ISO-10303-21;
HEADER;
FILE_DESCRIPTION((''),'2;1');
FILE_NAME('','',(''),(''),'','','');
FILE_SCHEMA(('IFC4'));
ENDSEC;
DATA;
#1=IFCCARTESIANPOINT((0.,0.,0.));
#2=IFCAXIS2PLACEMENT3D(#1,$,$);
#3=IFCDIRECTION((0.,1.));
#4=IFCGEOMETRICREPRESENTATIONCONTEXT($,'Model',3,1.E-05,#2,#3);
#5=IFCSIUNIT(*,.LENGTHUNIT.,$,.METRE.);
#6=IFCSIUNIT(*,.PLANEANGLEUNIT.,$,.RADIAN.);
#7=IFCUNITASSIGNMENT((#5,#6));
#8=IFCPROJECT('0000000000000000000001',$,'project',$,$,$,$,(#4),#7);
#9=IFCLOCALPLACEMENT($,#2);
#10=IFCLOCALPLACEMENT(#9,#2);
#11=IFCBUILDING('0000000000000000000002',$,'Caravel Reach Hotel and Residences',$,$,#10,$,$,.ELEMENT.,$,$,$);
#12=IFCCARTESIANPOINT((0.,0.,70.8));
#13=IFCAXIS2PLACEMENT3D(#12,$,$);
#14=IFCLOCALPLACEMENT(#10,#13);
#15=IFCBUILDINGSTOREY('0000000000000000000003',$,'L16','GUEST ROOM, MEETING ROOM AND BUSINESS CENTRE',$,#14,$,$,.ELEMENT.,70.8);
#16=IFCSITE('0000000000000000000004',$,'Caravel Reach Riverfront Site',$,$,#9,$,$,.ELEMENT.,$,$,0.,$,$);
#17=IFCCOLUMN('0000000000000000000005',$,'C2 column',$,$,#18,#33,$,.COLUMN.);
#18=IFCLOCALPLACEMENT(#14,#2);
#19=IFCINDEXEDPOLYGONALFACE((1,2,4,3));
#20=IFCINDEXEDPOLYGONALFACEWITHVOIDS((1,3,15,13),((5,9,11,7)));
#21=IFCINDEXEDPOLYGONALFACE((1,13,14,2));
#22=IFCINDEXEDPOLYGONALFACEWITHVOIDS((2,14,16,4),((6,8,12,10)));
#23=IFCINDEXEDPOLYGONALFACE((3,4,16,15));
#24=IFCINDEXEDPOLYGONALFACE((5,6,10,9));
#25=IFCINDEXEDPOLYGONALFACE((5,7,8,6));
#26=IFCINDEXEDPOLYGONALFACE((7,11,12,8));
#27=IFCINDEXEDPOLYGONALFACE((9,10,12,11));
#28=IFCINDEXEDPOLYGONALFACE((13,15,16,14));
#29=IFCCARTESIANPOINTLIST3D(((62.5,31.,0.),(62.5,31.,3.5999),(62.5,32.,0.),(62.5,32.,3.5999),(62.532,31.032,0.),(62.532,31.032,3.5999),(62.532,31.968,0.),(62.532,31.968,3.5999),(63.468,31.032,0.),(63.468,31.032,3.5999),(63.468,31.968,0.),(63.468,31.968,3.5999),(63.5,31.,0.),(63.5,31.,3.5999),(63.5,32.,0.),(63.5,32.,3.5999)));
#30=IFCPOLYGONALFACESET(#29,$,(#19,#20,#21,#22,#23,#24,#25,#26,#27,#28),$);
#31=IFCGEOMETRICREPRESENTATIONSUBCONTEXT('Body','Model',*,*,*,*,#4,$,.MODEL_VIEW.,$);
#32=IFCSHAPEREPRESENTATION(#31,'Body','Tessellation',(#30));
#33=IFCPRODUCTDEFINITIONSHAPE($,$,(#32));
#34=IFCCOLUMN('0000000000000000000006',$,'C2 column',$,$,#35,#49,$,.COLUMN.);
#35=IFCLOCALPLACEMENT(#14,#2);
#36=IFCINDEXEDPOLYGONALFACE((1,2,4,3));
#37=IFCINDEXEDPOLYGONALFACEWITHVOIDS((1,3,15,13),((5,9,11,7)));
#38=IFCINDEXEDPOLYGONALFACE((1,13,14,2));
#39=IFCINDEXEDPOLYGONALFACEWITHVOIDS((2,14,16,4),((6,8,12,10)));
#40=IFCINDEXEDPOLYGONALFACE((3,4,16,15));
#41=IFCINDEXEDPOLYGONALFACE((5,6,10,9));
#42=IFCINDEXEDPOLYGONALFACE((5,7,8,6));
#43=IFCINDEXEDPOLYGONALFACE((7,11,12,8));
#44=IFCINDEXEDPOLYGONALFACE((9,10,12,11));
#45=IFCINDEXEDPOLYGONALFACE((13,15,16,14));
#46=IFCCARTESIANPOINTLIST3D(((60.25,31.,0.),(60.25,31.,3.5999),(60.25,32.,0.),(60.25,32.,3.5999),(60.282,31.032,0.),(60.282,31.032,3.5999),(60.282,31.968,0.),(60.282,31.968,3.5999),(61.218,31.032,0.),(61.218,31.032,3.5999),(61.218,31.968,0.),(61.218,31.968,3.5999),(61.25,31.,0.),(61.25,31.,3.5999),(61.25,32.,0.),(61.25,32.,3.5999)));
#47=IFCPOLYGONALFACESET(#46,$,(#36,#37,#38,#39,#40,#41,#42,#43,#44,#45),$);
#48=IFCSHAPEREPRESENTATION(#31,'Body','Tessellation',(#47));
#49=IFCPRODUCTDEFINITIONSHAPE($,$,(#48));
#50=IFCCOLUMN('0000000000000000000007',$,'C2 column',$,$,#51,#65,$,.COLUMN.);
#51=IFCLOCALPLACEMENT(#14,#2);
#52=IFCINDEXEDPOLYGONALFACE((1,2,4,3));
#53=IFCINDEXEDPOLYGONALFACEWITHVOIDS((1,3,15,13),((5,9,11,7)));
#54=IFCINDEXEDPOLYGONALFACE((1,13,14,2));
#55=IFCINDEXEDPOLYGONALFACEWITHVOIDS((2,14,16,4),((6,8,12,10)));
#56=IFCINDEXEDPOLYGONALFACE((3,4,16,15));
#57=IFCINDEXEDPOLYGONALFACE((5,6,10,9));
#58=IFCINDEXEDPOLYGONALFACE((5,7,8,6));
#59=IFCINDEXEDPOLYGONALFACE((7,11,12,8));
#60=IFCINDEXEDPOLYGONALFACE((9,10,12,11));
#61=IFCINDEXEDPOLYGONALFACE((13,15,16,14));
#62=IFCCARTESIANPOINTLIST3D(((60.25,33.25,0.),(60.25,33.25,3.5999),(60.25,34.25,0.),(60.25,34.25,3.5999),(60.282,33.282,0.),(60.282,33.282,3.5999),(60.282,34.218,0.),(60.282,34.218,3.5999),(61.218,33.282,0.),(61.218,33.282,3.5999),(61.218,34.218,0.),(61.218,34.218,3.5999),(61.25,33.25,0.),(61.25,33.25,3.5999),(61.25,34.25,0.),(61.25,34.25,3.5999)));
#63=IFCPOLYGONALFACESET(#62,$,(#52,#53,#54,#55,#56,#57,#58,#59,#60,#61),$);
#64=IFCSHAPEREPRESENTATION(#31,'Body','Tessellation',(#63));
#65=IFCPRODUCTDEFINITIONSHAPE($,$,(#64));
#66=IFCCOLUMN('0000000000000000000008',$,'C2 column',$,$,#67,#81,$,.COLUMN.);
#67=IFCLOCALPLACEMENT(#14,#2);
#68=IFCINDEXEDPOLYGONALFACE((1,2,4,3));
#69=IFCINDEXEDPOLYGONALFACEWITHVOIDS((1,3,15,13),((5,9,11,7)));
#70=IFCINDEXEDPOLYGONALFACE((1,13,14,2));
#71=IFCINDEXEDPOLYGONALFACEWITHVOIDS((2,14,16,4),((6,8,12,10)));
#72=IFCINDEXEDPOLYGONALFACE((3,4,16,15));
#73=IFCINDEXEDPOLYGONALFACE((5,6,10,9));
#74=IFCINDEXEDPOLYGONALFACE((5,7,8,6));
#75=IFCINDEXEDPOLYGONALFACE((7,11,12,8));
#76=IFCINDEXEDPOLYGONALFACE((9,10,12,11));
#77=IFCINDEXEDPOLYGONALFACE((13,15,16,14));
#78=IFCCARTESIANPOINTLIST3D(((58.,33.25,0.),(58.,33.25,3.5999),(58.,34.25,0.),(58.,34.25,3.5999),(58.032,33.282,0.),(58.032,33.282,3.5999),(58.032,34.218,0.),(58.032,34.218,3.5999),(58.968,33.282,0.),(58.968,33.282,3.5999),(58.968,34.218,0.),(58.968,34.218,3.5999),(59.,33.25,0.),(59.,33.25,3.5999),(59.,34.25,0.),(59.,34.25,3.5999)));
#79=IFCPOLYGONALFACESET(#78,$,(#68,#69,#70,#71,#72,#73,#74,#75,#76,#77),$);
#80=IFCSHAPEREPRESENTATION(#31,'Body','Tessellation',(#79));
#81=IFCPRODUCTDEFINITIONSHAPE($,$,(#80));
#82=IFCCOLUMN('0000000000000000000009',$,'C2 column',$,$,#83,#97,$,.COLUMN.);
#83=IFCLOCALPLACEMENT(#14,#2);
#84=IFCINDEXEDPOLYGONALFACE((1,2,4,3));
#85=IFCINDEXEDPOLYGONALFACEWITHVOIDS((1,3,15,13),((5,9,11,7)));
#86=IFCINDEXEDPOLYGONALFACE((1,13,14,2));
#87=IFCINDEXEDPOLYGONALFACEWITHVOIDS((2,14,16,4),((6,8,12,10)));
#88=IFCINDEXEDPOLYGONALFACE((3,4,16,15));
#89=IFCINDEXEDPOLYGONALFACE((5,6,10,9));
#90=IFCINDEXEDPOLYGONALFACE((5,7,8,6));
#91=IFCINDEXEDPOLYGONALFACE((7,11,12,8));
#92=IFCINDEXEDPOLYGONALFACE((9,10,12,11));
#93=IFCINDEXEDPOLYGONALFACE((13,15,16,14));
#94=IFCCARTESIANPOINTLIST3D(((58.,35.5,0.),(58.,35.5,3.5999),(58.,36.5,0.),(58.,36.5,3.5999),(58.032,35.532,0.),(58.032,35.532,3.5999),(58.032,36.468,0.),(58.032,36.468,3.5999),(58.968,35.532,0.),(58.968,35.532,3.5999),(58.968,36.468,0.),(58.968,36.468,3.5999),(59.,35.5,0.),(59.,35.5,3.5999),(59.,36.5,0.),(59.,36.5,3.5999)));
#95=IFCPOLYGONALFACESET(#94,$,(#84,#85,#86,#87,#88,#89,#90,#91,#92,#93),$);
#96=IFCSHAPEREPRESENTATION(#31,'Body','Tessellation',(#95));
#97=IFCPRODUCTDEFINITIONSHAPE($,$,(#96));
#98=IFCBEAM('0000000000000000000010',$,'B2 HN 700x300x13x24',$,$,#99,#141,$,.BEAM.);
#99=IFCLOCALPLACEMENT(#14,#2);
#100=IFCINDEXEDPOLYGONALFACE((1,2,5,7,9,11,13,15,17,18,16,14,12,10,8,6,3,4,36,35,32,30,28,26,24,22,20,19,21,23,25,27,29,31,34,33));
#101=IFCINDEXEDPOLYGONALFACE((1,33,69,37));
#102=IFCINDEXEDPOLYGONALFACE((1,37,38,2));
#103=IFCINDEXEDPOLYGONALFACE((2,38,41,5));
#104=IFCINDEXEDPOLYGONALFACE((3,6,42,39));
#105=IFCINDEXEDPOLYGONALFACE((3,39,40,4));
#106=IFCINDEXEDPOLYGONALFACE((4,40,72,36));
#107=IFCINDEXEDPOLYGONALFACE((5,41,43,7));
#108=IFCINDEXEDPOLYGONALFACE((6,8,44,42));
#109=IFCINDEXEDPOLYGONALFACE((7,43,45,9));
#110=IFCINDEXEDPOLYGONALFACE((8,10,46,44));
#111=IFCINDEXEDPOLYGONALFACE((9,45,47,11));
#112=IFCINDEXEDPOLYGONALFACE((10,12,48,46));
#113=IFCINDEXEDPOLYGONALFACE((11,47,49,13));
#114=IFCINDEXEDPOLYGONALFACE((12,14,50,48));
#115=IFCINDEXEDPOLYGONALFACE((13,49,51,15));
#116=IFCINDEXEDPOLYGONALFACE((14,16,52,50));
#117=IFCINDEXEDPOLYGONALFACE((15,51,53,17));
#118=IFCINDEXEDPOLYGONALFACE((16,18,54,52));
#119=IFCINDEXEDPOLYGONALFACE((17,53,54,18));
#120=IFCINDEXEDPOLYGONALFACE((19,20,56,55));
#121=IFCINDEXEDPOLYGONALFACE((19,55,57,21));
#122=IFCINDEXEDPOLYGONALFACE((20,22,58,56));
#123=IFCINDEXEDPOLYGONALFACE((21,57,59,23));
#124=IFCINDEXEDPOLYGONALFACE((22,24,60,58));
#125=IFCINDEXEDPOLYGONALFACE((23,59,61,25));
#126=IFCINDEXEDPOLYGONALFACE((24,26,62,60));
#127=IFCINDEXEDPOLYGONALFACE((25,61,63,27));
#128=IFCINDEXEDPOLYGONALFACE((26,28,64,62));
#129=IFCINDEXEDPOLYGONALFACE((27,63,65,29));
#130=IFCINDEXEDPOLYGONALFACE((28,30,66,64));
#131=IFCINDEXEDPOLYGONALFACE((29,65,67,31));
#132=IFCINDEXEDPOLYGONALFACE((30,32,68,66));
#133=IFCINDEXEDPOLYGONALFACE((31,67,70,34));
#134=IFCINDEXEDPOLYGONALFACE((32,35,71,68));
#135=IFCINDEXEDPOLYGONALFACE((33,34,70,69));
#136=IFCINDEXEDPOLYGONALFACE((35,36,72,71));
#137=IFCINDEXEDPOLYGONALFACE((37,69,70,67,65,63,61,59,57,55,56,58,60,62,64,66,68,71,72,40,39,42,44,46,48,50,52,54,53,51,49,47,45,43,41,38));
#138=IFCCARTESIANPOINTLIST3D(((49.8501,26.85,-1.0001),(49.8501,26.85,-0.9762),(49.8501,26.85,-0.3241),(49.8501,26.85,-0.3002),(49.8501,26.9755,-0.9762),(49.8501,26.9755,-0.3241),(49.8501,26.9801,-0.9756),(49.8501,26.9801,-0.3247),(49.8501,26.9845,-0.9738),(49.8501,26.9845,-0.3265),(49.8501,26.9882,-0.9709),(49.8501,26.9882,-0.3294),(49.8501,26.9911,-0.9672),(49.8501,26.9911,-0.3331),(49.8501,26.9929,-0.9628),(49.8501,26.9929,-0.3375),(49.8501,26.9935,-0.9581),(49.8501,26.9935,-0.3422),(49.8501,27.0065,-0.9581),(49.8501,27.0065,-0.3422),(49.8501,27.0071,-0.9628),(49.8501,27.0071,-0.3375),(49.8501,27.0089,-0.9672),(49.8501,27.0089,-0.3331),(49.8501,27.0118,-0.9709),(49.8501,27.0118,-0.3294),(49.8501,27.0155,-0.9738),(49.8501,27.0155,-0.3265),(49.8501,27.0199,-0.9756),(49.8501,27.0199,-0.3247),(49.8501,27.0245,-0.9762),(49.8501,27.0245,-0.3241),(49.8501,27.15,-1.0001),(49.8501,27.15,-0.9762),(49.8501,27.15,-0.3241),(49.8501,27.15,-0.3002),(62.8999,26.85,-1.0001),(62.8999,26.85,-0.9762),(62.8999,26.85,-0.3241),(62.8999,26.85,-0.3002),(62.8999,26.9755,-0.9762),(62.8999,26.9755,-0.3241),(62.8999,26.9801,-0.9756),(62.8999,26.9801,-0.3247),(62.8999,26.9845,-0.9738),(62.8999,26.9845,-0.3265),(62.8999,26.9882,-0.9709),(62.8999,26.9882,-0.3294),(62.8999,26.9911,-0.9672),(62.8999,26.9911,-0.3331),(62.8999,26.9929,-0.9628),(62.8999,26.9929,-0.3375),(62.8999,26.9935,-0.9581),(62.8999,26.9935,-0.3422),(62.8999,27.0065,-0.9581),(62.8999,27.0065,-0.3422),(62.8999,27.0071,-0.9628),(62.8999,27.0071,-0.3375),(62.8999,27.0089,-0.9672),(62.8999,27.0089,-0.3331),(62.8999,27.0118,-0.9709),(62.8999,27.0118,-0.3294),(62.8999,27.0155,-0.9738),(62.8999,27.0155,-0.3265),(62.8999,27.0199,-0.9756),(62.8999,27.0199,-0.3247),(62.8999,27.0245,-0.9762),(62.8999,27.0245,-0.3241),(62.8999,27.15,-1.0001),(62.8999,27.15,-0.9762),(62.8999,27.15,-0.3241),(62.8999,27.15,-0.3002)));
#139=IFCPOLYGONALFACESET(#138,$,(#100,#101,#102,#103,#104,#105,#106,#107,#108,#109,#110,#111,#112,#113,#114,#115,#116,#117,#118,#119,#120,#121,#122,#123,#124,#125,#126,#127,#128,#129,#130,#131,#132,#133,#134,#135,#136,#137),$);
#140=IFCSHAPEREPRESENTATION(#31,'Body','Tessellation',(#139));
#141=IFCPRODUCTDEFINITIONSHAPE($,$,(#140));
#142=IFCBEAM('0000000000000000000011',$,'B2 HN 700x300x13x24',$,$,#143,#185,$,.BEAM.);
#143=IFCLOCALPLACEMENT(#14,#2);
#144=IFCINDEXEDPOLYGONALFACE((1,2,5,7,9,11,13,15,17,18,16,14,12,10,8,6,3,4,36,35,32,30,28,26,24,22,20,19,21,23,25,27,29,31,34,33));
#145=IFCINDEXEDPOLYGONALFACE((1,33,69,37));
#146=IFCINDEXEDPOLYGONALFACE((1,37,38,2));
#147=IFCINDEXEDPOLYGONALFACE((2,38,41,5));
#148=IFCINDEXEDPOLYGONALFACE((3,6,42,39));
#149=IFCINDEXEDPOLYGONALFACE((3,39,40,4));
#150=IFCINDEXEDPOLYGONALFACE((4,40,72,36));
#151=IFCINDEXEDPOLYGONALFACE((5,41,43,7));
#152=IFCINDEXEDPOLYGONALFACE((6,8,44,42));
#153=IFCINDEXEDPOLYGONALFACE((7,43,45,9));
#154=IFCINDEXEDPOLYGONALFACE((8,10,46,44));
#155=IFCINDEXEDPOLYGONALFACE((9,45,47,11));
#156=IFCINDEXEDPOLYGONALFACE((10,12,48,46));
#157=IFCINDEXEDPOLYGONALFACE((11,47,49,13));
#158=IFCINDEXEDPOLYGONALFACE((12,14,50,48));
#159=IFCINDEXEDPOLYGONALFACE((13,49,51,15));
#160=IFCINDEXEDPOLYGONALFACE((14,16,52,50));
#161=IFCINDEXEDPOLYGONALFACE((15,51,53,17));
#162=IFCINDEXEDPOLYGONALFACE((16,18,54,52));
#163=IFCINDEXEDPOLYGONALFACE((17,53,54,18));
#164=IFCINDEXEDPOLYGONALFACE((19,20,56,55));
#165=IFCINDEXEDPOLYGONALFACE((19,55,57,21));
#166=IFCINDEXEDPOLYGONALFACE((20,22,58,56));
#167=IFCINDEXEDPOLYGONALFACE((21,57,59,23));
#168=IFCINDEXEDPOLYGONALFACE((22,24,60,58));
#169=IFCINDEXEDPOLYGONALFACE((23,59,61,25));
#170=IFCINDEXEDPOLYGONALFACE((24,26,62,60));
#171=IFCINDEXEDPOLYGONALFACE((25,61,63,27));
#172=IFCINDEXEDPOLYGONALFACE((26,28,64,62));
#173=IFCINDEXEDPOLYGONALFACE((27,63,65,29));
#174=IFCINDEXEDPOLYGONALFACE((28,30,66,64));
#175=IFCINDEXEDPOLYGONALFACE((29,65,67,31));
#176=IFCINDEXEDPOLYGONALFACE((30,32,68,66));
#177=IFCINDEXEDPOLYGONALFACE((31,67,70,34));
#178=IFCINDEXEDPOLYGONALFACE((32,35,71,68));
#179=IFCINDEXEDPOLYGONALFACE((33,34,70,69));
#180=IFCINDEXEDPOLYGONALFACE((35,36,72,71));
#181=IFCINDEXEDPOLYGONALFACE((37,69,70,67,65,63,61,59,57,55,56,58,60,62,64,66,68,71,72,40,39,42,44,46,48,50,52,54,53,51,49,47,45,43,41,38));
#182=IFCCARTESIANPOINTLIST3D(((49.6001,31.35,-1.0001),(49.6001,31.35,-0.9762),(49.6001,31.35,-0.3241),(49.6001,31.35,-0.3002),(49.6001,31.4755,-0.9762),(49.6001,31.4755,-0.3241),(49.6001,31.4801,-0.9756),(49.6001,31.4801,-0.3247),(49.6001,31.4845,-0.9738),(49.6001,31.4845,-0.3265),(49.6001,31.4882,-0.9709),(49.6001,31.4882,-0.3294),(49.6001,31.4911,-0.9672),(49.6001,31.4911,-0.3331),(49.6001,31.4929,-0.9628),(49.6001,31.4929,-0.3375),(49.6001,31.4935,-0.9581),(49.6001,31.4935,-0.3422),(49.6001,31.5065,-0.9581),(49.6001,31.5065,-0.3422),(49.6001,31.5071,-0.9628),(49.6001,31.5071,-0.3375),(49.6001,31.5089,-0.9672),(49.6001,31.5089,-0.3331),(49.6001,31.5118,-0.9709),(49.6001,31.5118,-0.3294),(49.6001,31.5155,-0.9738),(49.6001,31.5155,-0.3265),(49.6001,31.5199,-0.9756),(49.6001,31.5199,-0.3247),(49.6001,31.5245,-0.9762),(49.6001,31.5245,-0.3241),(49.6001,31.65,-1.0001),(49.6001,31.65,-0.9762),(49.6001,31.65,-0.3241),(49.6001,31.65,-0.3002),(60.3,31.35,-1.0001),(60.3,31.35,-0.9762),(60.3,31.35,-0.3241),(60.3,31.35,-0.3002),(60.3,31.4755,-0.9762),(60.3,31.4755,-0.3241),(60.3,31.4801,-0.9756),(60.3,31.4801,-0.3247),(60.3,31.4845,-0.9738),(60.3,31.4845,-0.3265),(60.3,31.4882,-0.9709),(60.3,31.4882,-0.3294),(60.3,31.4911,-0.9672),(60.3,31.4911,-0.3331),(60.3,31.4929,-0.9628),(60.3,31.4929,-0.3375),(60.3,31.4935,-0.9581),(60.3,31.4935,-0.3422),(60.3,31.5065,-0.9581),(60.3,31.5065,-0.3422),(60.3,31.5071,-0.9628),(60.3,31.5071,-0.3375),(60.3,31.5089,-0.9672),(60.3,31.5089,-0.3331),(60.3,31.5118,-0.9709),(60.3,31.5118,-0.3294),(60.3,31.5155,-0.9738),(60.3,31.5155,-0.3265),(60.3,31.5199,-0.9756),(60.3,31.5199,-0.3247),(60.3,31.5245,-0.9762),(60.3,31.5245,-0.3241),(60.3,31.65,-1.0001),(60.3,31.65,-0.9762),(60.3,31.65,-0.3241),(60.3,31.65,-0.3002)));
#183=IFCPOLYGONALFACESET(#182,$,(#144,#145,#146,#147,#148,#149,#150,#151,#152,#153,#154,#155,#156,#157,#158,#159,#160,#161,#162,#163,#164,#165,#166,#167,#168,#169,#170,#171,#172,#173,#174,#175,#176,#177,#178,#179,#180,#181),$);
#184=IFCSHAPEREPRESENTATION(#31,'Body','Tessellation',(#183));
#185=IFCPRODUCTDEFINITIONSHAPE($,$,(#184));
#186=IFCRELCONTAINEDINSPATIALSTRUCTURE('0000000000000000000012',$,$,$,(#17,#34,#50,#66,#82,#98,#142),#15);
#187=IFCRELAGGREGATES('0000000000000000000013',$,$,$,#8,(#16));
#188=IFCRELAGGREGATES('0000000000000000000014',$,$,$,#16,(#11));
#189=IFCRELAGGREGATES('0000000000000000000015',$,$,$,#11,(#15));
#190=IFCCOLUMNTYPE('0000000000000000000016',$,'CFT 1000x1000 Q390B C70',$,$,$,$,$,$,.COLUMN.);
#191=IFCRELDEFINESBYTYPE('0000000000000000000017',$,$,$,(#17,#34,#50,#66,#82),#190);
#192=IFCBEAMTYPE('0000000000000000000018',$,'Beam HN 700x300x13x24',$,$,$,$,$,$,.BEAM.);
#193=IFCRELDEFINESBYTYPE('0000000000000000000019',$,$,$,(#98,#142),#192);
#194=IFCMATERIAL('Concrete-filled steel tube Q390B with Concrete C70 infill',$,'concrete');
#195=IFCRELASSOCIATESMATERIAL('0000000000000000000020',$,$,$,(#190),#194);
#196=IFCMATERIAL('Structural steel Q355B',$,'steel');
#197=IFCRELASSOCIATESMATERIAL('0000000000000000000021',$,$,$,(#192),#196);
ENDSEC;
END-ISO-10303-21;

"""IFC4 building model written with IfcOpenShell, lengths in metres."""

from ifc_helpers import new_model, si_unit, direction, frame, origin, origin_2d, place, context, subcontext, project, spatial, hollow_rectangle, i_section, extrude, material, material_profile, profile_set, type_object, element, save


model = new_model("IFC4")

# Units and contexts
model_context = context("Model", 3, precision=1e-05, world=origin(), true_north=direction((0.0, 1.0)))
body_context = subcontext(model_context, "Body", "Model", "MODEL_VIEW")
ifc_project = project(units=[si_unit("LENGTHUNIT", "METRE"), si_unit("PLANEANGLEUNIT", "RADIAN")], contexts=[model_context])

# Site, building, storey
site_placement = place(None, origin())
site = spatial("IfcSite", under=ifc_project, at=site_placement, Name="Caravel Reach Riverfront Site", CompositionType="ELEMENT", RefElevation=0.0)
building_placement = place(site_placement, origin())
building = spatial("IfcBuilding", under=site, at=building_placement, Name="Caravel Reach Hotel and Residences", CompositionType="ELEMENT")
storey_placement = place(building_placement, frame((0.0, 0.0, 70.8)))
storey = spatial("IfcBuildingStorey", under=building, at=storey_placement, Name="L16", Description="GUEST ROOM, MEETING ROOM AND BUSINESS CENTRE", CompositionType="ELEMENT", Elevation=70.8)

# Columns
ifc_material_1 = material(Name="Concrete-filled steel tube Q390B with Concrete C70 infill", Category="concrete")
ifc_material_profile_1 = material_profile(ifc_material_1, hollow_rectangle(XDim=1.0, YDim=1.0, WallThickness=0.032, at=origin_2d()), Name="RHS 1000x1000x32")
ifc_profile_set_1 = profile_set([ifc_material_profile_1], Name="Concrete-filled steel tube Q390B with Concrete C70 infill")
column_type = type_object("IfcColumnType", Name="CFT 1000x1000 Q390B C70", PredefinedType="COLUMN", material=ifc_profile_set_1)
for number, where, z_axis, x_axis, name in (
    (1, (63.0, 31.5, 0.0), (0.0, 0.0, 1.0), (1.0, 0.0, 0.0), "C2 column"),
    (2, (60.75, 31.5, 0.0), (0.0, 0.0, 1.0), (1.0, 0.0, 0.0), "C2 column"),
    (3, (60.75, 33.75, 0.0), (0.0, 0.0, 1.0), (1.0, 0.0, 0.0), "C2 column"),
    (4, (58.5, 33.75, 0.0), (0.0, 0.0, 1.0), (1.0, 0.0, 0.0), "C2 column"),
    (5, (58.5, 36.0, 0.0), (0.0, 0.0, 1.0), (1.0, 0.0, 0.0), "C2 column"),
):
    element("IfcColumn", number, at=place(storey_placement, frame(where, z_axis=z_axis, x_axis=x_axis)), inside=storey, type_object=column_type, Name=name, PredefinedType="COLUMN", context=body_context, shape_type="SweptSolid", body=[
        extrude(hollow_rectangle(XDim=1.0, YDim=1.0, WallThickness=0.032, at=origin_2d()), origin(), (0.0, 0.0, 1.0), 3.5999),
    ])

# Beams
ifc_material_2 = material(Name="Structural steel Q355B", Category="steel")
ifc_material_profile_2 = material_profile(ifc_material_2, i_section(OverallWidth=0.3, OverallDepth=0.7, WebThickness=0.0129, FlangeThickness=0.0239, FilletRadius=0.0181, at=origin_2d()), Name="HN 700x300x13x24")
ifc_profile_set_2 = profile_set([ifc_material_profile_2], Name="Structural steel Q355B")
beam_type_1 = type_object("IfcBeamType", Name="Beam HN 700x300x13x24", PredefinedType="BEAM", material=ifc_profile_set_2)
beam_1_placement = place(storey_placement, frame((49.8501, 27.0, -0.6501), z_axis=(1.0, 0.0, 0.0), x_axis=(0.0, 1.0, 0.0)))
element("IfcBeam", 6, at=beam_1_placement, inside=storey, type_object=beam_type_1, Name="B2 HN 700x300x13x24", PredefinedType="BEAM", context=body_context, shape_type="SweptSolid", body=[
    extrude(i_section(OverallWidth=0.3, OverallDepth=0.7, WebThickness=0.0129, FlangeThickness=0.0239, FilletRadius=0.0181, at=origin_2d()), origin(), (0.0, 0.0, 1.0), 13.0498),
])
beam_2_placement = place(storey_placement, frame((49.6001, 31.5, -0.6501), z_axis=(1.0, 0.0, 0.0), x_axis=(0.0, 1.0, 0.0)))
element("IfcBeam", 7, at=beam_2_placement, inside=storey, type_object=beam_type_1, Name="B2 HN 700x300x13x24", PredefinedType="BEAM", context=body_context, shape_type="SweptSolid", body=[
    extrude(i_section(OverallWidth=0.3, OverallDepth=0.7, WebThickness=0.0129, FlangeThickness=0.0239, FilletRadius=0.0181, at=origin_2d()), origin(), (0.0, 0.0, 1.0), 10.7),
])

save(model, "model.ifc")
